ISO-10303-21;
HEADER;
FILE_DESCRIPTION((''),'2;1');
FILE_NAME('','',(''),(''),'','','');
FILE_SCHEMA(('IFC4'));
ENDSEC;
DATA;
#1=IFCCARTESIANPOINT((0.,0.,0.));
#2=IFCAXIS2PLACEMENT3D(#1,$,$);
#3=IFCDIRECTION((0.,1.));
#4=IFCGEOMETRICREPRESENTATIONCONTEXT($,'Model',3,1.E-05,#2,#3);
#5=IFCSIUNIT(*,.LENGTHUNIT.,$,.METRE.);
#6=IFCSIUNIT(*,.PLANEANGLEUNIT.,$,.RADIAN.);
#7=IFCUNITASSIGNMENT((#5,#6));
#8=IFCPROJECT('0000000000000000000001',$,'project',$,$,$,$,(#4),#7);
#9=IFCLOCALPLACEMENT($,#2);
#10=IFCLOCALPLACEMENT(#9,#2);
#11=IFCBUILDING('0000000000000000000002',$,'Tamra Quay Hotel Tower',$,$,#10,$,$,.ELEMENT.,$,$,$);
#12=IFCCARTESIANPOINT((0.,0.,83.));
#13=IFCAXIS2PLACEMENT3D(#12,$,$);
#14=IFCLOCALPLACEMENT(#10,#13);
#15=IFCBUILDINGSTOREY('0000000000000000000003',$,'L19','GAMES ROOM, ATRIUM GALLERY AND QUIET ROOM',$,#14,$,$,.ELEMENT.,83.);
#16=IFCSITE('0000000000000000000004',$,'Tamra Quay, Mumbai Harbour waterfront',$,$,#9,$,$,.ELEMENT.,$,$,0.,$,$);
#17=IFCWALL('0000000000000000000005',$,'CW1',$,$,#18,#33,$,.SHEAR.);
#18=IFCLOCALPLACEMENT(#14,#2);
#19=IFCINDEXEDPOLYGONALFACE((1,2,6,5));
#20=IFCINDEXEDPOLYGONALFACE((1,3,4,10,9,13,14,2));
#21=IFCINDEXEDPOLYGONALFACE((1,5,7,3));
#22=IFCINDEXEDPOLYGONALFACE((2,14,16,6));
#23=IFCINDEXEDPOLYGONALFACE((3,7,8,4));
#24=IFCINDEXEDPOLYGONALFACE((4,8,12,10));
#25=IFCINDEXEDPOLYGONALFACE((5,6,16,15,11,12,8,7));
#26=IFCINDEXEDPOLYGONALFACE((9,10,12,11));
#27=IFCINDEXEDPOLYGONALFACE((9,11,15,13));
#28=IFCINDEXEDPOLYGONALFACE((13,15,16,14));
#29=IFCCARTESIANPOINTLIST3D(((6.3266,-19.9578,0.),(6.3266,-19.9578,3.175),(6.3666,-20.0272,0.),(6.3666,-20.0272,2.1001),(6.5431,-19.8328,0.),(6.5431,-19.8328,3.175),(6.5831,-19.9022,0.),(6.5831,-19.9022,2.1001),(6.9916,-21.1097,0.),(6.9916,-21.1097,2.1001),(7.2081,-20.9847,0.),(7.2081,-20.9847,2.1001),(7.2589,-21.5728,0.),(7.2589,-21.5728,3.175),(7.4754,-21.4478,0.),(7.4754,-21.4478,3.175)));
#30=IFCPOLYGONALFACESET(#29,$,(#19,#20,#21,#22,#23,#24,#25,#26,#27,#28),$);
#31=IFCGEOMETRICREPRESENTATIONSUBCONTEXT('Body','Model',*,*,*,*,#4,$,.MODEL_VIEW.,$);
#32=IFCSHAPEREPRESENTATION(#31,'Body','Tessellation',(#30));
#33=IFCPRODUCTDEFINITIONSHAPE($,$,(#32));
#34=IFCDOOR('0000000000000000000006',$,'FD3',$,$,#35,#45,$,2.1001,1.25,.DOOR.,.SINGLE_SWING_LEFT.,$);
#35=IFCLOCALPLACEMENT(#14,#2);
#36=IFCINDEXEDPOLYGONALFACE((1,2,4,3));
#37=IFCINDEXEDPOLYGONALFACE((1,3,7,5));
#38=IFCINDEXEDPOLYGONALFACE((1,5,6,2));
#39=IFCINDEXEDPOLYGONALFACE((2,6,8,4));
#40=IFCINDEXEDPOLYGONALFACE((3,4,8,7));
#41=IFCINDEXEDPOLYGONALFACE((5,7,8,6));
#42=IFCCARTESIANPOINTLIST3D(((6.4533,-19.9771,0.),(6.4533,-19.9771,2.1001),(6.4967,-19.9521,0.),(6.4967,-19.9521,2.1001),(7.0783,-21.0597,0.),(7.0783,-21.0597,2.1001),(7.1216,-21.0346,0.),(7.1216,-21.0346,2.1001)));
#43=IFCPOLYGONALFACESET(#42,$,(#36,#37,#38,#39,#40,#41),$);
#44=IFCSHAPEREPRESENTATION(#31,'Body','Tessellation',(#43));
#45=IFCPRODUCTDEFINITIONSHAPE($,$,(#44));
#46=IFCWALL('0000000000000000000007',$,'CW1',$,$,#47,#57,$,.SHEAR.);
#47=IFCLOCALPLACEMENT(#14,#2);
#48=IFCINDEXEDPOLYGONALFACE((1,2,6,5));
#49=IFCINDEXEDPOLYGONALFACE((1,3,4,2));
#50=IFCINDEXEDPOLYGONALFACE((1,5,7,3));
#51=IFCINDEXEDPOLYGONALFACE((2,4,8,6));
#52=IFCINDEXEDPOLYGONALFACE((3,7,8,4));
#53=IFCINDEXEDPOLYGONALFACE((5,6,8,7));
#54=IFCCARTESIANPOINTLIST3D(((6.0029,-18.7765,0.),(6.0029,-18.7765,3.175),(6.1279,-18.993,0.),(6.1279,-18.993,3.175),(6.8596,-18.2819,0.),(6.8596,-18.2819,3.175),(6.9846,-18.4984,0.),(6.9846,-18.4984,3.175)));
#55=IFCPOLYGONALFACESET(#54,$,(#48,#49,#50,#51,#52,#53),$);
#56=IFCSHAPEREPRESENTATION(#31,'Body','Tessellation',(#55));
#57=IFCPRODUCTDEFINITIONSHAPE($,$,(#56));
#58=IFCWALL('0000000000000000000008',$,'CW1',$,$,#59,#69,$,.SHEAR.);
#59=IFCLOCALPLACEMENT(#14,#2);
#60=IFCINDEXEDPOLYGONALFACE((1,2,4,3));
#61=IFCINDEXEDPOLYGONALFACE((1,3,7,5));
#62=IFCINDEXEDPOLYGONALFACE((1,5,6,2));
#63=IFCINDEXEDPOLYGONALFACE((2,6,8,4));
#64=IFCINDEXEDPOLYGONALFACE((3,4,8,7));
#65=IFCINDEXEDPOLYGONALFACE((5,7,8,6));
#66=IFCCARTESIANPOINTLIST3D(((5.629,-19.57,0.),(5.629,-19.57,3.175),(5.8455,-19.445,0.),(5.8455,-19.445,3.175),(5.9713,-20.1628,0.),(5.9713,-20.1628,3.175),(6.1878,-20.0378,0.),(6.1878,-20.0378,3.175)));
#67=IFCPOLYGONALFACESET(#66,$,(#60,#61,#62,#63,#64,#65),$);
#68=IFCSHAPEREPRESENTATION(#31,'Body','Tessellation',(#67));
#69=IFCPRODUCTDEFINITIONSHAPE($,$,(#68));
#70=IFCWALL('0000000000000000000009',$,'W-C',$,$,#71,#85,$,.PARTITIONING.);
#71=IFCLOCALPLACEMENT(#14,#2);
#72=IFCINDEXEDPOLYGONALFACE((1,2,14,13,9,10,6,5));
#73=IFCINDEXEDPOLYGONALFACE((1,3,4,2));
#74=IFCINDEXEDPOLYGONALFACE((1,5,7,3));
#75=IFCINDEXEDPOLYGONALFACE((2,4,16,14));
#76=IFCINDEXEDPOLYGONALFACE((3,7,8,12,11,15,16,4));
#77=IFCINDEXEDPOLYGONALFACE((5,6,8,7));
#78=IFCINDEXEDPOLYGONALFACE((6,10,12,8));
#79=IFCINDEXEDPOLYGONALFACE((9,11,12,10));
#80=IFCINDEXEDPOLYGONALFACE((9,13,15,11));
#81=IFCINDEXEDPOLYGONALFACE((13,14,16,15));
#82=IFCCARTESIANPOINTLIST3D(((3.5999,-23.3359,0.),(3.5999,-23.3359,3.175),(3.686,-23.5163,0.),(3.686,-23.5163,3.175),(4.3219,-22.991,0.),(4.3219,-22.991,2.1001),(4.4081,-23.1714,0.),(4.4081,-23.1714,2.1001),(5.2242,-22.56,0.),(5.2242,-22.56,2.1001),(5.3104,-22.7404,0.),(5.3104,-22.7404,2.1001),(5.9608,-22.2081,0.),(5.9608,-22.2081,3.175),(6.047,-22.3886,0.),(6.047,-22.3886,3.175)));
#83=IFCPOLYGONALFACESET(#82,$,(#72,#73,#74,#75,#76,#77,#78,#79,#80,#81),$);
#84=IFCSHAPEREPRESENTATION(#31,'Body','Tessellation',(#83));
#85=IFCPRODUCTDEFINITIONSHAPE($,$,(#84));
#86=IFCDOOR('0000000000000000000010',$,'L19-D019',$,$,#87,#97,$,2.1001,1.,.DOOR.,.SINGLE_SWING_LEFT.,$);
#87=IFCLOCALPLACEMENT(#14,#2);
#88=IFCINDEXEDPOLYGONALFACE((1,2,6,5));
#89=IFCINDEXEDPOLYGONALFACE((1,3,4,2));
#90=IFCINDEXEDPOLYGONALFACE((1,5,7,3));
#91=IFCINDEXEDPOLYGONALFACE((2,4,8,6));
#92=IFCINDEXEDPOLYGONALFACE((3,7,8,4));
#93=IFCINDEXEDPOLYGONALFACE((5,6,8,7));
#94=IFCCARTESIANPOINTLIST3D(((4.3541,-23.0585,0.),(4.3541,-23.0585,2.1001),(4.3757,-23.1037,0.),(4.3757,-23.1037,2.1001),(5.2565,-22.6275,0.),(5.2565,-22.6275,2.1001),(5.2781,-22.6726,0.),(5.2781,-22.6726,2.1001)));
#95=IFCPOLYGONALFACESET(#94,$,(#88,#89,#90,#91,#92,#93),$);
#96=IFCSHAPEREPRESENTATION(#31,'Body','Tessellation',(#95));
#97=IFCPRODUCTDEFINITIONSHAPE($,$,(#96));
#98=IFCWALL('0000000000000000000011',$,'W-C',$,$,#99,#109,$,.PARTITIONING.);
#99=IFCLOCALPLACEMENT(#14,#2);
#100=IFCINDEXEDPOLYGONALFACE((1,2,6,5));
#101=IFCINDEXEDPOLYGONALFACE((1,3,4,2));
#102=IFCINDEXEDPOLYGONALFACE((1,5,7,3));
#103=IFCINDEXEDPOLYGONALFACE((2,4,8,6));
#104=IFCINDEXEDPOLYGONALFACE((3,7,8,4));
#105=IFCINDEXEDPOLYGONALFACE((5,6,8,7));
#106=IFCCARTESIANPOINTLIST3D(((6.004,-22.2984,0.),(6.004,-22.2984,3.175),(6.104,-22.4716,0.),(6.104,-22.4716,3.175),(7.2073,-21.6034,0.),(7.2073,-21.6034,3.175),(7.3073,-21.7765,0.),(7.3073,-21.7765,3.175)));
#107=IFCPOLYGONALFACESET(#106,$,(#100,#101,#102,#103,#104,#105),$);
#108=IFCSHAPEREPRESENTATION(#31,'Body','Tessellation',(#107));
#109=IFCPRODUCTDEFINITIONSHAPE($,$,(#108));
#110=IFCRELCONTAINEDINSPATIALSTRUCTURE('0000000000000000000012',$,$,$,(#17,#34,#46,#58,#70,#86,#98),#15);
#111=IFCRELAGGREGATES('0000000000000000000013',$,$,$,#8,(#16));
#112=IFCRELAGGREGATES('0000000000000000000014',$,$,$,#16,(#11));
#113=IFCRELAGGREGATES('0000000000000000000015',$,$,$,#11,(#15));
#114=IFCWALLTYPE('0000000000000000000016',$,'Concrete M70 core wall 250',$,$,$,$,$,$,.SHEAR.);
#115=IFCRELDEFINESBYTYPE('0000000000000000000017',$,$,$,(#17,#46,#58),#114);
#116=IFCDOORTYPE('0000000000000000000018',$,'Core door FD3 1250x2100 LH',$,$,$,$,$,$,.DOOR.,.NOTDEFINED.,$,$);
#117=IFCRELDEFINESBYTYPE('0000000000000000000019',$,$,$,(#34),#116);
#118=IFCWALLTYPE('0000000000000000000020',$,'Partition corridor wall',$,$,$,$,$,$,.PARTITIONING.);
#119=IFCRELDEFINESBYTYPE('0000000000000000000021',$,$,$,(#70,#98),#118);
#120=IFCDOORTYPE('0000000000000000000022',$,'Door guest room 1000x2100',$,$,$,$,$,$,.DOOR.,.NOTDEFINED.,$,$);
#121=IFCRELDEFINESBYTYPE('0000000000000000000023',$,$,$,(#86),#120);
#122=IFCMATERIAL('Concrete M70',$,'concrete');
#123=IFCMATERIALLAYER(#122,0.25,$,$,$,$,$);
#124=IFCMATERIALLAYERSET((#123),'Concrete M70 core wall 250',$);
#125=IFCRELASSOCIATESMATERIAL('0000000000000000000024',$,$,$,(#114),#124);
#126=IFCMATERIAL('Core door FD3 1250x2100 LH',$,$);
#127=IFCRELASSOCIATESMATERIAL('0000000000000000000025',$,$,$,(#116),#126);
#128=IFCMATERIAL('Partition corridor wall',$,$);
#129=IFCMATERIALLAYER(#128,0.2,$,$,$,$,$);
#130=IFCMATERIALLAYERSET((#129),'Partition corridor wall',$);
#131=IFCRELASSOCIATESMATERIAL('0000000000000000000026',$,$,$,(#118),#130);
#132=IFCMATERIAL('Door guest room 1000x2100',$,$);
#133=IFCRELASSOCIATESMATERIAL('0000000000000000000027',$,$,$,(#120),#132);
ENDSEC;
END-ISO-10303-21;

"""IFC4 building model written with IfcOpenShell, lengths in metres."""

from ifc_helpers import new_model, si_unit, direction, frame, frame_2d, origin, place, context, subcontext, project, spatial, rectangle, extrude, material, layer, layer_set, type_object, element, fill, save


model = new_model("IFC4")

# Units and contexts
model_context = context("Model", 3, precision=1e-05, world=origin(), true_north=direction((0.0, 1.0)))
body_context = subcontext(model_context, "Body", "Model", "MODEL_VIEW")
ifc_project = project(units=[si_unit("LENGTHUNIT", "METRE"), si_unit("PLANEANGLEUNIT", "RADIAN")], contexts=[model_context])

# Site, building, storey
site_placement = place(None, origin())
site = spatial("IfcSite", under=ifc_project, at=site_placement, Name="Tamra Quay, Mumbai Harbour waterfront", CompositionType="ELEMENT", RefElevation=0.0)
building_placement = place(site_placement, origin())
building = spatial("IfcBuilding", under=site, at=building_placement, Name="Tamra Quay Hotel Tower", CompositionType="ELEMENT")
storey_placement = place(building_placement, frame((0.0, 0.0, 83.0)))
storey = spatial("IfcBuildingStorey", under=building, at=storey_placement, Name="L19", Description="GAMES ROOM, ATRIUM GALLERY AND QUIET ROOM", CompositionType="ELEMENT", Elevation=83.0)

# Shared definitions
ifc_material_1 = material(Name="Concrete M70", Category="concrete")

# Shared definitions
ifc_layer_1 = layer(ifc_material_1, 0.25)
ifc_layer_set_1 = layer_set([ifc_layer_1], Name="Concrete M70 core wall 250")
wall_type_1 = type_object("IfcWallType", Name="Concrete M70 core wall 250", PredefinedType="SHEAR", material=ifc_layer_set_1)

# Wall, opening, door
wall_1_placement = place(storey_placement, frame((7.3672, -21.5103, 0.0), z_axis=(0.0, 0.0, 1.0), x_axis=(-0.499983, 0.866035, 0.0)))
wall_1 = element("IfcWall", 1, at=wall_1_placement, inside=storey, type_object=wall_type_1, Name="CW1", PredefinedType="SHEAR", context=body_context, shape_type="SweptSolid", body=[
    extrude(rectangle(XDim=1.8647, YDim=0.25, at=frame_2d((0.9324, 0.0))), origin(), (0.0, 0.0, 1.0), 3.175),
])
opening_1_placement = place(wall_1_placement, frame((0.5347, 0.0, 0.0)))
opening_1 = element("IfcOpeningElement", 2, at=opening_1_placement, cuts=wall_1, PredefinedType="OPENING", context=body_context, shape_type="SweptSolid", body=[
    extrude(rectangle(XDim=1.25, YDim=2.1001, at=frame_2d((0.625, 1.05))), frame((0.0, 0.135, 0.0), z_axis=(0.0, -1.0, 0.0), x_axis=(1.0, 0.0, 0.0)), (0.0, 0.0, 1.0), 0.27),
])
ifc_material_2 = material(Name="Core door FD3 1250x2100 LH")
door_type_1 = type_object("IfcDoorType", Name="Core door FD3 1250x2100 LH", OperationType="NOTDEFINED", PredefinedType="DOOR", material=ifc_material_2)
door_1_placement = place(opening_1_placement, origin())
door_1 = element("IfcDoor", 3, at=door_1_placement, inside=storey, type_object=door_type_1, Name="FD3", OperationType="SINGLE_SWING_LEFT", OverallHeight=2.1001, OverallWidth=1.25, PredefinedType="DOOR", context=body_context, shape_type="SweptSolid", body=[
    extrude(rectangle(XDim=1.25, YDim=2.1001, at=frame_2d((0.625, 1.05))), frame((0.0, 0.0249, 0.0), z_axis=(0.0, -1.0, 0.0), x_axis=(1.0, 0.0, 0.0)), (0.0, 0.0, 1.0), 0.05),
])
fill(opening_1, door_1)

# Walls
wall_2_placement = place(storey_placement, frame((6.0654, -18.8848, 0.0), z_axis=(0.0, 0.0, 1.0), x_axis=(0.866017, 0.500014, 0.0)))
element("IfcWall", 4, at=wall_2_placement, inside=storey, type_object=wall_type_1, Name="CW1", PredefinedType="SHEAR", context=body_context, shape_type="SweptSolid", body=[
    extrude(rectangle(XDim=0.9893, YDim=0.25, at=frame_2d((0.4946, 0.0))), origin(), (0.0, 0.0, 1.0), 3.175),
])
wall_3_placement = place(storey_placement, frame((6.0796, -20.1003, 0.0), z_axis=(0.0, 0.0, 1.0), x_axis=(-0.500052, 0.865996, 0.0)))
element("IfcWall", 5, at=wall_3_placement, inside=storey, type_object=wall_type_1, Name="CW1", PredefinedType="SHEAR", context=body_context, shape_type="SweptSolid", body=[
    extrude(rectangle(XDim=0.6846, YDim=0.25, at=frame_2d((0.3423, 0.0))), origin(), (0.0, 0.0, 1.0), 3.175),
])

# Wall, opening, door
ifc_material_3 = material(Name="Partition corridor wall")
ifc_layer_2 = layer(ifc_material_3, 0.2)
ifc_layer_set_2 = layer_set([ifc_layer_2], Name="Partition corridor wall")
wall_type_2 = type_object("IfcWallType", Name="Partition corridor wall", PredefinedType="PARTITIONING", material=ifc_layer_set_2)
wall_4_placement = place(storey_placement, frame((3.6431, -23.426, 0.0), z_axis=(0.0, 0.0, 1.0), x_axis=(0.902344, 0.431016, 0.0)))
wall_4 = element("IfcWall", 6, at=wall_4_placement, inside=storey, type_object=wall_type_2, Name="W-C", PredefinedType="PARTITIONING", context=body_context, shape_type="SweptSolid", body=[
    extrude(rectangle(XDim=2.6165, YDim=0.2, at=frame_2d((1.3081, 0.0))), origin(), (0.0, 0.0, 1.0), 3.175),
])
opening_2_placement = place(wall_4_placement, frame((0.8, 0.0, 0.0)))
opening_2 = element("IfcOpeningElement", 7, at=opening_2_placement, cuts=wall_4, PredefinedType="OPENING", context=body_context, shape_type="SweptSolid", body=[
    extrude(rectangle(XDim=1.0, YDim=2.1001, at=frame_2d((0.5, 1.05))), frame((0.0, 0.1099, 0.0), z_axis=(0.0, -1.0, 0.0), x_axis=(1.0, 0.0, 0.0)), (0.0, 0.0, 1.0), 0.22),
])
ifc_material_4 = material(Name="Door guest room 1000x2100")
door_type_2 = type_object("IfcDoorType", Name="Door guest room 1000x2100", OperationType="NOTDEFINED", PredefinedType="DOOR", material=ifc_material_4)
door_2_placement = place(opening_2_placement, frame((1.0, 0.0, 0.0), z_axis=(0.0, 0.0, 1.0), x_axis=(-1.0, 0.0, 0.0)))
door_2 = element("IfcDoor", 8, at=door_2_placement, inside=storey, type_object=door_type_2, Name="L19-D019", OperationType="SINGLE_SWING_LEFT", OverallHeight=2.1001, OverallWidth=1.0, PredefinedType="DOOR", context=body_context, shape_type="SweptSolid", body=[
    extrude(rectangle(XDim=1.0, YDim=2.1001, at=frame_2d((0.5, 1.05))), frame((0.0, 0.0249, 0.0), z_axis=(0.0, -1.0, 0.0), x_axis=(1.0, 0.0, 0.0)), (0.0, 0.0, 1.0), 0.05),
])
fill(opening_2, door_2)

# Wall
wall_5_placement = place(storey_placement, frame((6.054, -22.385, 0.0), z_axis=(0.0, 0.0, 1.0), x_axis=(0.865931, 0.500163, 0.0)))
element("IfcWall", 9, at=wall_5_placement, inside=storey, type_object=wall_type_2, Name="W-C", PredefinedType="PARTITIONING", context=body_context, shape_type="SweptSolid", body=[
    extrude(rectangle(XDim=1.3896, YDim=0.2, at=frame_2d((0.6948, 0.0))), origin(), (0.0, 0.0, 1.0), 3.175),
])

save(model, "model.ifc")
